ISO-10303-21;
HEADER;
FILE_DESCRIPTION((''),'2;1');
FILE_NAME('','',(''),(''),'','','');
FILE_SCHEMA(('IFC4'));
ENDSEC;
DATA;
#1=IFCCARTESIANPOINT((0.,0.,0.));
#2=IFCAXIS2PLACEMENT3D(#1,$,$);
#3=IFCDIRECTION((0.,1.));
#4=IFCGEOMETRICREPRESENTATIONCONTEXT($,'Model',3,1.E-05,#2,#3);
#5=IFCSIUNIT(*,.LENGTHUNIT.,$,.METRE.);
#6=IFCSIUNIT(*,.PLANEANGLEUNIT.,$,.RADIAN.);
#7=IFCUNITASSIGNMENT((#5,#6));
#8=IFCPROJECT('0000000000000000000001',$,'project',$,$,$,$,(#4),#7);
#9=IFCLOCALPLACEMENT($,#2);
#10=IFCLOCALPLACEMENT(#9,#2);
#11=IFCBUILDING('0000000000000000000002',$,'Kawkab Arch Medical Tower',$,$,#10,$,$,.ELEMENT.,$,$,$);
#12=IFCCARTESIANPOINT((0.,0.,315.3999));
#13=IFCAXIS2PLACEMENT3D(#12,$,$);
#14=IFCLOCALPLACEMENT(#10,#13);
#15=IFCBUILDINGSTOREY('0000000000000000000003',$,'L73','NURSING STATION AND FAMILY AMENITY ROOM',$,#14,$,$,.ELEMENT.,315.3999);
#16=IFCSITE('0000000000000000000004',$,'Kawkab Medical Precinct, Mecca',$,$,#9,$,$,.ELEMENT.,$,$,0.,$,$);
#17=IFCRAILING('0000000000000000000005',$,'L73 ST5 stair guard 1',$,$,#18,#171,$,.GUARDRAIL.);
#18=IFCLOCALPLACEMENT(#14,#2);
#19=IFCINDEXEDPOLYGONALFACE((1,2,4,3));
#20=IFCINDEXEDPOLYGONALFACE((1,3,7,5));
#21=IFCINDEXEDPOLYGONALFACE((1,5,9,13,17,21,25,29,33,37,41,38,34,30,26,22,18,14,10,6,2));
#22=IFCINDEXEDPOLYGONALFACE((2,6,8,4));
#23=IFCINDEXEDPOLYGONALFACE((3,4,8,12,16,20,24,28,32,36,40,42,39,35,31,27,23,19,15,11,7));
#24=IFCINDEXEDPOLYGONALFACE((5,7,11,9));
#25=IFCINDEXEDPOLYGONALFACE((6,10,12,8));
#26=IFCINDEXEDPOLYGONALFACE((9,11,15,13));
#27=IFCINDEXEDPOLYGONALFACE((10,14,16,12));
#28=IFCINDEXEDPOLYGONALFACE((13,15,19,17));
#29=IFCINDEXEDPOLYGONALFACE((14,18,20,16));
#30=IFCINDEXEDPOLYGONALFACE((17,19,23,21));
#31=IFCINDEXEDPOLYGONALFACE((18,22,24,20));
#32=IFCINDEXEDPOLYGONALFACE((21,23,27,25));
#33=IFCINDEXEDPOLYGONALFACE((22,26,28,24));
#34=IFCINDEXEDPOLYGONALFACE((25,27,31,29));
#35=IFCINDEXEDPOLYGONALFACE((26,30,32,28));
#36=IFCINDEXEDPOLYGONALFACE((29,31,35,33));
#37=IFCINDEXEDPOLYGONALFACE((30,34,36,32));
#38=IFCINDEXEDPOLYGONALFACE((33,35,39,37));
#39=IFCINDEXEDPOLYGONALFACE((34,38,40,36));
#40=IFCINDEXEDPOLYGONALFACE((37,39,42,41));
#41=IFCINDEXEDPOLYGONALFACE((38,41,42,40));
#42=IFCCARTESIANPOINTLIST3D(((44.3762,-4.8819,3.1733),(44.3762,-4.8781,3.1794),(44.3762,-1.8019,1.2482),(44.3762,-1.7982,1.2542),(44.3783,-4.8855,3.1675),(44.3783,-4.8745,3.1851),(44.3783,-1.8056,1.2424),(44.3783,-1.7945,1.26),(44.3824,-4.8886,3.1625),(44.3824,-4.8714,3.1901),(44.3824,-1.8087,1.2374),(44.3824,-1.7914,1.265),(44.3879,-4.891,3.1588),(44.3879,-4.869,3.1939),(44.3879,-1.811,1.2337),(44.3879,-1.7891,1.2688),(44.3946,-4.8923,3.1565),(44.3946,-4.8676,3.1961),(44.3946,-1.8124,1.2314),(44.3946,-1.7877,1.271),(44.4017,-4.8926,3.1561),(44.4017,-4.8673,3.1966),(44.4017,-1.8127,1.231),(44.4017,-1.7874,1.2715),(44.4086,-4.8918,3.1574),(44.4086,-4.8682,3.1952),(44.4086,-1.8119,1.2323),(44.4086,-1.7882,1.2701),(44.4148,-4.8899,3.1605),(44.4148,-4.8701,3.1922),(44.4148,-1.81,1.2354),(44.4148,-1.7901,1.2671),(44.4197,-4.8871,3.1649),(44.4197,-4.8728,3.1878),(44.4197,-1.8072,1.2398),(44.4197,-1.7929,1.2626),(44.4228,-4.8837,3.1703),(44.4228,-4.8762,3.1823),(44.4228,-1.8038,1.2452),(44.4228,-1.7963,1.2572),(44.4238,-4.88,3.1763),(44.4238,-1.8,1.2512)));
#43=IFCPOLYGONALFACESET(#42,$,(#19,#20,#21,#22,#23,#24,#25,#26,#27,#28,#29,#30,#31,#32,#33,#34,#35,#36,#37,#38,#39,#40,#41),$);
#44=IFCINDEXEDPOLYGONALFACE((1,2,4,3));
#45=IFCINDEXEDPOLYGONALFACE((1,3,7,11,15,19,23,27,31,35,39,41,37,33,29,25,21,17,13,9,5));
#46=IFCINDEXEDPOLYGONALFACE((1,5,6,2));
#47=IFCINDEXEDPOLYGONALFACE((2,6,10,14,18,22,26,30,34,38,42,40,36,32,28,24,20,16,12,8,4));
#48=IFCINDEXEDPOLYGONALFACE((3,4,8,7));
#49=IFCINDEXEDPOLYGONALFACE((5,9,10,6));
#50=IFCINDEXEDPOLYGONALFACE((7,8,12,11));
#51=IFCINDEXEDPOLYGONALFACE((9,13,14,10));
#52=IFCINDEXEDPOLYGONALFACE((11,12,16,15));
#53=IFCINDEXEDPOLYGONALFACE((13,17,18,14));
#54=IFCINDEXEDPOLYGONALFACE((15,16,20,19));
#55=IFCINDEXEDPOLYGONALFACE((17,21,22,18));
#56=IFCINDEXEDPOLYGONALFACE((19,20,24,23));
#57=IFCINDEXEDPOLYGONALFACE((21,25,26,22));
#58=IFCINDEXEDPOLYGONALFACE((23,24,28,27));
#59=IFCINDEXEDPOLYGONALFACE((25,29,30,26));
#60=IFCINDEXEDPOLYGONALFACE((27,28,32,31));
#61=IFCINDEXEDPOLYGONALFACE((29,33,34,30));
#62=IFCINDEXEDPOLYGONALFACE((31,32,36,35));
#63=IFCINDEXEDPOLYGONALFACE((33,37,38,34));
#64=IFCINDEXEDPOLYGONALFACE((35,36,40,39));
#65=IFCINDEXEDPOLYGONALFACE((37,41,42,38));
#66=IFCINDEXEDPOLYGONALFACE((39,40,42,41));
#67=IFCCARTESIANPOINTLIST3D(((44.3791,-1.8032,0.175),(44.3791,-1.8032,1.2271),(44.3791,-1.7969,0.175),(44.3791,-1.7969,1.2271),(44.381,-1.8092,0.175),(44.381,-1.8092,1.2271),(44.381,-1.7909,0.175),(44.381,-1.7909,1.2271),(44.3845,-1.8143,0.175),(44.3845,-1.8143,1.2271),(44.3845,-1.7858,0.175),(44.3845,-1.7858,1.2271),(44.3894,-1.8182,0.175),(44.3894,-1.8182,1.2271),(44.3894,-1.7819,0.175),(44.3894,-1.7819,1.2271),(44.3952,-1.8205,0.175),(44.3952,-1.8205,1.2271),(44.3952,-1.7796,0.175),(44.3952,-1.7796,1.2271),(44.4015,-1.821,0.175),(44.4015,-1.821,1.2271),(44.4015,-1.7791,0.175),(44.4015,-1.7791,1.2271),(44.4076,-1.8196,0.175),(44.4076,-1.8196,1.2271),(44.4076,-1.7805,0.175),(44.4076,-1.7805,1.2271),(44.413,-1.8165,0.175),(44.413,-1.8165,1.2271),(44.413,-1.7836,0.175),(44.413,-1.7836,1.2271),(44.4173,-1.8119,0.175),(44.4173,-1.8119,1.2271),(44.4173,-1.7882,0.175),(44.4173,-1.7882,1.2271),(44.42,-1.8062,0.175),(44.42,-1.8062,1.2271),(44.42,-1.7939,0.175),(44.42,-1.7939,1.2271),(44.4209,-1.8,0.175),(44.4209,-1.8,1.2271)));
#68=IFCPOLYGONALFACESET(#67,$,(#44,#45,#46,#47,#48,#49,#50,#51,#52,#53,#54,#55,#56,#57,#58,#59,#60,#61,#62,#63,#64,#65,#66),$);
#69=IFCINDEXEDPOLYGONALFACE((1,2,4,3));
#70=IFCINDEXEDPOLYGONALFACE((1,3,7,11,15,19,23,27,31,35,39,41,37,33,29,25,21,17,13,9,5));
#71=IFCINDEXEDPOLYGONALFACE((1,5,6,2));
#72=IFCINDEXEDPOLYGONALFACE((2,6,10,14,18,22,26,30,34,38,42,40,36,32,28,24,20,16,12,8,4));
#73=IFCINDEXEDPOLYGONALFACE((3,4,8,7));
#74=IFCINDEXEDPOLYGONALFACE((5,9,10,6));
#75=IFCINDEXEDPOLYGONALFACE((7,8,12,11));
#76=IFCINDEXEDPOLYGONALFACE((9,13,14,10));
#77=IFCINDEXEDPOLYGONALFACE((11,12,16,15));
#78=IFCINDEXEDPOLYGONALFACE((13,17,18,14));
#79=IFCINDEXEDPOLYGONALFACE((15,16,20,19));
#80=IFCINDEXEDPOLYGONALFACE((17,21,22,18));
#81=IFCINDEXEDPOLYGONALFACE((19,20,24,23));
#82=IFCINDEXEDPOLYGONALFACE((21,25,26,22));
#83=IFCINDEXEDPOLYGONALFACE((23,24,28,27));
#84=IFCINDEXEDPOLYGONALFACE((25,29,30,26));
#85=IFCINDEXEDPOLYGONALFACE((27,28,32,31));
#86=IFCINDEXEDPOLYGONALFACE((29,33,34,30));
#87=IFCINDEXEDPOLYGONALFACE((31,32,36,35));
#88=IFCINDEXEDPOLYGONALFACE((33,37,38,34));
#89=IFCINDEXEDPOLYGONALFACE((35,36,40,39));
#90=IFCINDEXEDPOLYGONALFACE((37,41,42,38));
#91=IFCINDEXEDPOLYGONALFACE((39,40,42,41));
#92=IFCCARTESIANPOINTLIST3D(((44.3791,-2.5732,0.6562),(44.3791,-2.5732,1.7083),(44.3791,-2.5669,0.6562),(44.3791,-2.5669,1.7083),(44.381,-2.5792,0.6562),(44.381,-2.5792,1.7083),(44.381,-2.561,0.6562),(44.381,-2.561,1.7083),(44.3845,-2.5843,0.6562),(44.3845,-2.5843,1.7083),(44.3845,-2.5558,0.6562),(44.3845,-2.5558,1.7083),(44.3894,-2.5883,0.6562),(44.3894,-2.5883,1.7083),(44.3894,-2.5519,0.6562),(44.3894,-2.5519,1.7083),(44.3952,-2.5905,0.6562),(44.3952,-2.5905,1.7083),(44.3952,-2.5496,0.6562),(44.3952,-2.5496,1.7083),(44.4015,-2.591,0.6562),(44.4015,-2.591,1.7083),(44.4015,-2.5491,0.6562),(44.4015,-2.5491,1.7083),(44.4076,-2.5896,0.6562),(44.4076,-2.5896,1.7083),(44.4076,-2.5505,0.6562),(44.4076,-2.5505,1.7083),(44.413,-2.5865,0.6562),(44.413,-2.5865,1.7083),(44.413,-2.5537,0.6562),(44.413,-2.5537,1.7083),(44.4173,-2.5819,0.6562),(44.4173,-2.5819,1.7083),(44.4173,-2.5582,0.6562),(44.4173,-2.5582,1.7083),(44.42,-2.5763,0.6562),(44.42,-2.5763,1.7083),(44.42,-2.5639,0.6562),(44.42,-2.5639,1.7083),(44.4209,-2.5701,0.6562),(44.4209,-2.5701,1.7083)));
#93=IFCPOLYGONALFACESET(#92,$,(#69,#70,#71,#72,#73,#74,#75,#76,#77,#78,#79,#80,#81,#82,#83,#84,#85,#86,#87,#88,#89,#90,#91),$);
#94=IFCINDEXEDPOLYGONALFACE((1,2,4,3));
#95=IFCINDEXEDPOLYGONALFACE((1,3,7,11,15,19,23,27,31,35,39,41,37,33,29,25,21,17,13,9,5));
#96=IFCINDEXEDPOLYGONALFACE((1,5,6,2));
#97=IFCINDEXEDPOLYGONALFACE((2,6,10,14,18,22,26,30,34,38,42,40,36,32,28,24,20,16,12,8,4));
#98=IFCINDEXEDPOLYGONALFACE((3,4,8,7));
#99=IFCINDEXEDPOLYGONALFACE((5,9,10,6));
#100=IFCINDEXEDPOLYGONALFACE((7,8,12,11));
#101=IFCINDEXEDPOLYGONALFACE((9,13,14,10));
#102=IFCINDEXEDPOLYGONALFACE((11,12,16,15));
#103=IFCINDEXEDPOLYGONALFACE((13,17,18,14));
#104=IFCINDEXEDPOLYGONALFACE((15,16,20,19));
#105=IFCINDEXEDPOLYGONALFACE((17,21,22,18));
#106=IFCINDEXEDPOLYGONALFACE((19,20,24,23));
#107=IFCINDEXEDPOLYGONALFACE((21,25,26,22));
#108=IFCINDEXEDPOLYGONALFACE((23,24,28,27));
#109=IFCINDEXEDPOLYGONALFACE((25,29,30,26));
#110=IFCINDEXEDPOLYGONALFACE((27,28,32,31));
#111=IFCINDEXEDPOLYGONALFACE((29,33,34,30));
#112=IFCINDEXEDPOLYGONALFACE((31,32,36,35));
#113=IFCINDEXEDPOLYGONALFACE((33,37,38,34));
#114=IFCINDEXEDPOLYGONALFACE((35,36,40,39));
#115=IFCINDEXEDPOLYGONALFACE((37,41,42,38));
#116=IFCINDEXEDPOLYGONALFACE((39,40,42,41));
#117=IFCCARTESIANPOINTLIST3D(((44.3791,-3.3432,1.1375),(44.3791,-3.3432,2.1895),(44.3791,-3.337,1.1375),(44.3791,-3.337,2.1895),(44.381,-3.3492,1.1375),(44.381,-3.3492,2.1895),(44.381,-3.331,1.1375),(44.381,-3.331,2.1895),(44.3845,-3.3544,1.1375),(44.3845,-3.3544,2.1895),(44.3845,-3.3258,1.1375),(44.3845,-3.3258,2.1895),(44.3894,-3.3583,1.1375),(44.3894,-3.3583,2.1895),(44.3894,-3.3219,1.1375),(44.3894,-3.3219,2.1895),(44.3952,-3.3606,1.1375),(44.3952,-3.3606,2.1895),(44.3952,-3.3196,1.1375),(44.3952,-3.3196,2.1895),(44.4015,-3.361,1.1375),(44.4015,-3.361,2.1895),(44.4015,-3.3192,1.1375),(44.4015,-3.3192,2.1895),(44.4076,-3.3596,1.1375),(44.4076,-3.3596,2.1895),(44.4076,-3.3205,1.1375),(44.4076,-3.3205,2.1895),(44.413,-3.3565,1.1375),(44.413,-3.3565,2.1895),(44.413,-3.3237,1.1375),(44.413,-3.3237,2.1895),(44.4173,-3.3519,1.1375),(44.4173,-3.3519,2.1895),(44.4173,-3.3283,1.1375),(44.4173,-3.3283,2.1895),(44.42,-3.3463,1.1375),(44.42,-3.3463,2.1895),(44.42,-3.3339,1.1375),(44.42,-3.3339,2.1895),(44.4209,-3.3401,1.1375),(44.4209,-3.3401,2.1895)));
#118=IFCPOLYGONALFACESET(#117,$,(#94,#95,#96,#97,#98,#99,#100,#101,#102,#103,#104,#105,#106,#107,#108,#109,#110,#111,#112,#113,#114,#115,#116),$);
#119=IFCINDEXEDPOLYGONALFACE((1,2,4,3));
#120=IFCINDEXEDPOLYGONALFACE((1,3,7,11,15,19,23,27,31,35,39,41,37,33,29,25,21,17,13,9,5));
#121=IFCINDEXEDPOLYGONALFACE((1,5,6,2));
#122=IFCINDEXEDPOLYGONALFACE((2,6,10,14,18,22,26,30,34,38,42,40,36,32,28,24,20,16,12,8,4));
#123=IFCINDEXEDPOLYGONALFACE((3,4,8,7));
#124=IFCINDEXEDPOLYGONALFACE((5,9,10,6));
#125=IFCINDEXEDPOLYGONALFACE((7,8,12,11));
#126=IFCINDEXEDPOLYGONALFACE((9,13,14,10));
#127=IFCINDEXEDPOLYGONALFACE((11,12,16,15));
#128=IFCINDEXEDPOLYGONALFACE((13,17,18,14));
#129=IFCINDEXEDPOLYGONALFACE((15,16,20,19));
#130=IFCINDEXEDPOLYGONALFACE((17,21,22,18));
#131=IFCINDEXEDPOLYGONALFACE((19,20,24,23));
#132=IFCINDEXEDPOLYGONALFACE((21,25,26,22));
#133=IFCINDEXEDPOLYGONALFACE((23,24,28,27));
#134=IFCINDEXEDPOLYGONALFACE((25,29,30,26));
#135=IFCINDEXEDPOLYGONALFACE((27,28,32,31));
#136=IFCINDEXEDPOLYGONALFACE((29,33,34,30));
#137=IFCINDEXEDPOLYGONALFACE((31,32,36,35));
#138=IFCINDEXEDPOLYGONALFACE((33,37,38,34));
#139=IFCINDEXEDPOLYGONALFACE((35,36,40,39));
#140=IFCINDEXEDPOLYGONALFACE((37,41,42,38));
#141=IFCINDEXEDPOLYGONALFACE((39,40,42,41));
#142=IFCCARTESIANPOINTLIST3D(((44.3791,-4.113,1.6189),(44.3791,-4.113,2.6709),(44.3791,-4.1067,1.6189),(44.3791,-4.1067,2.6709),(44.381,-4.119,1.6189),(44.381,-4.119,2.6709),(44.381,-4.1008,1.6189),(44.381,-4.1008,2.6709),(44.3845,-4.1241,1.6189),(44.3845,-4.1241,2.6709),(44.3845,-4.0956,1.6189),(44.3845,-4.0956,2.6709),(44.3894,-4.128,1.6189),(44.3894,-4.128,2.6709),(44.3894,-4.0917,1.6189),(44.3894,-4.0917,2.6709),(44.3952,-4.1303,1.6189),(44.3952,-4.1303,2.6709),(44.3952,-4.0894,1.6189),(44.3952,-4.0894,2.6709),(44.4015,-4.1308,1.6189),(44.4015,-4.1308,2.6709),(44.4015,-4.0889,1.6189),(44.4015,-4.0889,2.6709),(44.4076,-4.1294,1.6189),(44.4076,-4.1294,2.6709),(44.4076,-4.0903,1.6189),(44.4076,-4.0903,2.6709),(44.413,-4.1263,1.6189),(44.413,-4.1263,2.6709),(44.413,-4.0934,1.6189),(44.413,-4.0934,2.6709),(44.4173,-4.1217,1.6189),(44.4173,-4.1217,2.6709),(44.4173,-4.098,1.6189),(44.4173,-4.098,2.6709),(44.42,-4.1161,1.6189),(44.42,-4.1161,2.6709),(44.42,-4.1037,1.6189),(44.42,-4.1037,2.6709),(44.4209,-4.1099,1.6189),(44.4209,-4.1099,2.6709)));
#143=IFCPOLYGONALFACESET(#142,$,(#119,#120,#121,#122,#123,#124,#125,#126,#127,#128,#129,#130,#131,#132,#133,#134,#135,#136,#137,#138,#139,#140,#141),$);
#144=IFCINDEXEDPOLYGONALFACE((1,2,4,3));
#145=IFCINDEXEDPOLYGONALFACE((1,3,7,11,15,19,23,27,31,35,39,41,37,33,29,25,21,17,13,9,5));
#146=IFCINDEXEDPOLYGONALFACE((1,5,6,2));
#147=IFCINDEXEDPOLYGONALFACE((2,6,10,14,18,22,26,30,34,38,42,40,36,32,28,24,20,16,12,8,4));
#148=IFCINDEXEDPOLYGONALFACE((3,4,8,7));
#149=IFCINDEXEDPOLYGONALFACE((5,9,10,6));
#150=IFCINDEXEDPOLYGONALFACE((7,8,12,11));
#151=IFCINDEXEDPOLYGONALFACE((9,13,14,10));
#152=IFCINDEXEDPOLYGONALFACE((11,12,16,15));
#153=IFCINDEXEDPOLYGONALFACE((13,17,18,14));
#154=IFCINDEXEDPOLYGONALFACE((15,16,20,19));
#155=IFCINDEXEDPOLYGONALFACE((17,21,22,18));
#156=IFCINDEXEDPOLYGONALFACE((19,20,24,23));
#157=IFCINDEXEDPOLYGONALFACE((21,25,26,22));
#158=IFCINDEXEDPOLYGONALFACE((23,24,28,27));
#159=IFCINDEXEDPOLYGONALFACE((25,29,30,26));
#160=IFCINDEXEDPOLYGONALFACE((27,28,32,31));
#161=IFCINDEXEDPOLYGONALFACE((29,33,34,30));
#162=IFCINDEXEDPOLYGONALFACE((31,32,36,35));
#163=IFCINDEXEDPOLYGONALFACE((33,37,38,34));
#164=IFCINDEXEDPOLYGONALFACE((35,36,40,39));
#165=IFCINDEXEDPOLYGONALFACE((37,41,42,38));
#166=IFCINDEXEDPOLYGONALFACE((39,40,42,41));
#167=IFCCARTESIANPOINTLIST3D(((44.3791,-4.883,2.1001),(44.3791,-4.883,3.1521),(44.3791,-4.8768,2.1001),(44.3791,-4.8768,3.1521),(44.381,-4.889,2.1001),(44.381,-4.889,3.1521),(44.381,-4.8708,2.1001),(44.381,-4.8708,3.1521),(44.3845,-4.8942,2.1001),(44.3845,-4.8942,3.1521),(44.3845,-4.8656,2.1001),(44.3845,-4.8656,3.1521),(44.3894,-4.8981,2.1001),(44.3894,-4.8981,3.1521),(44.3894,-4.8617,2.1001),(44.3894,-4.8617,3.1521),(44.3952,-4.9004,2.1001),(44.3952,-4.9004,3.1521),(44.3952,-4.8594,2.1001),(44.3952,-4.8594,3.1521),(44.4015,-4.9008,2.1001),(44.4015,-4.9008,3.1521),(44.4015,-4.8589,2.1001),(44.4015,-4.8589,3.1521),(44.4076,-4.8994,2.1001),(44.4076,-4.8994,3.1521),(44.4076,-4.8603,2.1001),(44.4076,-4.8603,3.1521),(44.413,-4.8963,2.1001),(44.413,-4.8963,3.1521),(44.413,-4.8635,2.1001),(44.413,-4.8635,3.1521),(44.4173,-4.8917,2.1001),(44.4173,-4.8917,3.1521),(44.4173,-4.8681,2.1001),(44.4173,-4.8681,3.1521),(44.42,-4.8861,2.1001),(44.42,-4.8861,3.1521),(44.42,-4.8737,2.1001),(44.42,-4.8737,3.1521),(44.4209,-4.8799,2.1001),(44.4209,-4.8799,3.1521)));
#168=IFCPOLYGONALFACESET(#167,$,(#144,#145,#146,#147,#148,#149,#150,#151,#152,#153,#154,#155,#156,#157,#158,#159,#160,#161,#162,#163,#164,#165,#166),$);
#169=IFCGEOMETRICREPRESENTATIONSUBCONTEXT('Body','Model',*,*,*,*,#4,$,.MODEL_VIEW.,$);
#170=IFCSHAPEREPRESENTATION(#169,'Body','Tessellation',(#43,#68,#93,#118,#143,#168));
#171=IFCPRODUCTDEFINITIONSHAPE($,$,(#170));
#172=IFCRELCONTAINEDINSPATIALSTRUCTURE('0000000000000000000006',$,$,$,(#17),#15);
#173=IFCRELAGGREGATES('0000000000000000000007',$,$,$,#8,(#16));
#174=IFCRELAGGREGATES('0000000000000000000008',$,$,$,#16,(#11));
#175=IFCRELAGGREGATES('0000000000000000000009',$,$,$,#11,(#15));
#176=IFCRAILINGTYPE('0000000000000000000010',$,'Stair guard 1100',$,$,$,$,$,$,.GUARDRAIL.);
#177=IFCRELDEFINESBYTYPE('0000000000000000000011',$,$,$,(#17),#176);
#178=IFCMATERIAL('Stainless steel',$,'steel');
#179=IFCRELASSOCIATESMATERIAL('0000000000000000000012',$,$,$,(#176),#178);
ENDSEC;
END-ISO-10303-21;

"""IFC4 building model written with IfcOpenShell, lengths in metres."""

from ifc_helpers import new_model, si_unit, direction, frame, origin, origin_2d, place, context, subcontext, project, spatial, circle, extrude, material, type_object, element, save


model = new_model("IFC4")

# Units and contexts
model_context = context("Model", 3, precision=1e-05, world=origin(), true_north=direction((0.0, 1.0)))
body_context = subcontext(model_context, "Body", "Model", "MODEL_VIEW")
ifc_project = project(units=[si_unit("LENGTHUNIT", "METRE"), si_unit("PLANEANGLEUNIT", "RADIAN")], contexts=[model_context])

# Site, building, storey
site_placement = place(None, origin())
site = spatial("IfcSite", under=ifc_project, at=site_placement, Name="Kawkab Medical Precinct, Mecca", CompositionType="ELEMENT", RefElevation=0.0)
building_placement = place(site_placement, origin())
building = spatial("IfcBuilding", under=site, at=building_placement, Name="Kawkab Arch Medical Tower", CompositionType="ELEMENT")
storey_placement = place(building_placement, frame((0.0, 0.0, 315.3999)))
storey = spatial("IfcBuildingStorey", under=building, at=storey_placement, Name="L73", Description="NURSING STATION AND FAMILY AMENITY ROOM", CompositionType="ELEMENT", Elevation=315.3999)

# Railing
ifc_material_1 = material(Name="Stainless steel", Category="steel")
railing_type_1 = type_object("IfcRailingType", Name="Stair guard 1100", PredefinedType="GUARDRAIL", material=ifc_material_1)
railing_1_placement = place(storey_placement, frame((44.3999, -1.8, 0.175)))
element("IfcRailing", 1, at=railing_1_placement, inside=storey, type_object=railing_type_1, Name="L73 ST5 stair guard 1", PredefinedType="GUARDRAIL", context=body_context, shape_type="SweptSolid", body=[
    extrude(circle(Radius=0.0239, at=origin_2d()), frame((0.0, 0.0, 1.0762), z_axis=(0.0, -0.847979, 0.530029), x_axis=(1.0, 0.0, 0.0)), (0.0, 0.0, 1.0), 3.6321),
    extrude(circle(Radius=0.021, at=origin_2d()), origin(), (0.0, 0.0, 1.0), 1.052),
    extrude(circle(Radius=0.021, at=origin_2d()), frame((0.0, -0.77, 0.4812)), (0.0, 0.0, 1.0), 1.052),
    extrude(circle(Radius=0.021, at=origin_2d()), frame((0.0, -1.54, 0.9624)), (0.0, 0.0, 1.0), 1.052),
    extrude(circle(Radius=0.021, at=origin_2d()), frame((0.0, -2.3098, 1.4438)), (0.0, 0.0, 1.0), 1.052),
    extrude(circle(Radius=0.021, at=origin_2d()), frame((0.0, -3.0798, 1.925)), (0.0, 0.0, 1.0), 1.052),
])

save(model, "model.ifc")
